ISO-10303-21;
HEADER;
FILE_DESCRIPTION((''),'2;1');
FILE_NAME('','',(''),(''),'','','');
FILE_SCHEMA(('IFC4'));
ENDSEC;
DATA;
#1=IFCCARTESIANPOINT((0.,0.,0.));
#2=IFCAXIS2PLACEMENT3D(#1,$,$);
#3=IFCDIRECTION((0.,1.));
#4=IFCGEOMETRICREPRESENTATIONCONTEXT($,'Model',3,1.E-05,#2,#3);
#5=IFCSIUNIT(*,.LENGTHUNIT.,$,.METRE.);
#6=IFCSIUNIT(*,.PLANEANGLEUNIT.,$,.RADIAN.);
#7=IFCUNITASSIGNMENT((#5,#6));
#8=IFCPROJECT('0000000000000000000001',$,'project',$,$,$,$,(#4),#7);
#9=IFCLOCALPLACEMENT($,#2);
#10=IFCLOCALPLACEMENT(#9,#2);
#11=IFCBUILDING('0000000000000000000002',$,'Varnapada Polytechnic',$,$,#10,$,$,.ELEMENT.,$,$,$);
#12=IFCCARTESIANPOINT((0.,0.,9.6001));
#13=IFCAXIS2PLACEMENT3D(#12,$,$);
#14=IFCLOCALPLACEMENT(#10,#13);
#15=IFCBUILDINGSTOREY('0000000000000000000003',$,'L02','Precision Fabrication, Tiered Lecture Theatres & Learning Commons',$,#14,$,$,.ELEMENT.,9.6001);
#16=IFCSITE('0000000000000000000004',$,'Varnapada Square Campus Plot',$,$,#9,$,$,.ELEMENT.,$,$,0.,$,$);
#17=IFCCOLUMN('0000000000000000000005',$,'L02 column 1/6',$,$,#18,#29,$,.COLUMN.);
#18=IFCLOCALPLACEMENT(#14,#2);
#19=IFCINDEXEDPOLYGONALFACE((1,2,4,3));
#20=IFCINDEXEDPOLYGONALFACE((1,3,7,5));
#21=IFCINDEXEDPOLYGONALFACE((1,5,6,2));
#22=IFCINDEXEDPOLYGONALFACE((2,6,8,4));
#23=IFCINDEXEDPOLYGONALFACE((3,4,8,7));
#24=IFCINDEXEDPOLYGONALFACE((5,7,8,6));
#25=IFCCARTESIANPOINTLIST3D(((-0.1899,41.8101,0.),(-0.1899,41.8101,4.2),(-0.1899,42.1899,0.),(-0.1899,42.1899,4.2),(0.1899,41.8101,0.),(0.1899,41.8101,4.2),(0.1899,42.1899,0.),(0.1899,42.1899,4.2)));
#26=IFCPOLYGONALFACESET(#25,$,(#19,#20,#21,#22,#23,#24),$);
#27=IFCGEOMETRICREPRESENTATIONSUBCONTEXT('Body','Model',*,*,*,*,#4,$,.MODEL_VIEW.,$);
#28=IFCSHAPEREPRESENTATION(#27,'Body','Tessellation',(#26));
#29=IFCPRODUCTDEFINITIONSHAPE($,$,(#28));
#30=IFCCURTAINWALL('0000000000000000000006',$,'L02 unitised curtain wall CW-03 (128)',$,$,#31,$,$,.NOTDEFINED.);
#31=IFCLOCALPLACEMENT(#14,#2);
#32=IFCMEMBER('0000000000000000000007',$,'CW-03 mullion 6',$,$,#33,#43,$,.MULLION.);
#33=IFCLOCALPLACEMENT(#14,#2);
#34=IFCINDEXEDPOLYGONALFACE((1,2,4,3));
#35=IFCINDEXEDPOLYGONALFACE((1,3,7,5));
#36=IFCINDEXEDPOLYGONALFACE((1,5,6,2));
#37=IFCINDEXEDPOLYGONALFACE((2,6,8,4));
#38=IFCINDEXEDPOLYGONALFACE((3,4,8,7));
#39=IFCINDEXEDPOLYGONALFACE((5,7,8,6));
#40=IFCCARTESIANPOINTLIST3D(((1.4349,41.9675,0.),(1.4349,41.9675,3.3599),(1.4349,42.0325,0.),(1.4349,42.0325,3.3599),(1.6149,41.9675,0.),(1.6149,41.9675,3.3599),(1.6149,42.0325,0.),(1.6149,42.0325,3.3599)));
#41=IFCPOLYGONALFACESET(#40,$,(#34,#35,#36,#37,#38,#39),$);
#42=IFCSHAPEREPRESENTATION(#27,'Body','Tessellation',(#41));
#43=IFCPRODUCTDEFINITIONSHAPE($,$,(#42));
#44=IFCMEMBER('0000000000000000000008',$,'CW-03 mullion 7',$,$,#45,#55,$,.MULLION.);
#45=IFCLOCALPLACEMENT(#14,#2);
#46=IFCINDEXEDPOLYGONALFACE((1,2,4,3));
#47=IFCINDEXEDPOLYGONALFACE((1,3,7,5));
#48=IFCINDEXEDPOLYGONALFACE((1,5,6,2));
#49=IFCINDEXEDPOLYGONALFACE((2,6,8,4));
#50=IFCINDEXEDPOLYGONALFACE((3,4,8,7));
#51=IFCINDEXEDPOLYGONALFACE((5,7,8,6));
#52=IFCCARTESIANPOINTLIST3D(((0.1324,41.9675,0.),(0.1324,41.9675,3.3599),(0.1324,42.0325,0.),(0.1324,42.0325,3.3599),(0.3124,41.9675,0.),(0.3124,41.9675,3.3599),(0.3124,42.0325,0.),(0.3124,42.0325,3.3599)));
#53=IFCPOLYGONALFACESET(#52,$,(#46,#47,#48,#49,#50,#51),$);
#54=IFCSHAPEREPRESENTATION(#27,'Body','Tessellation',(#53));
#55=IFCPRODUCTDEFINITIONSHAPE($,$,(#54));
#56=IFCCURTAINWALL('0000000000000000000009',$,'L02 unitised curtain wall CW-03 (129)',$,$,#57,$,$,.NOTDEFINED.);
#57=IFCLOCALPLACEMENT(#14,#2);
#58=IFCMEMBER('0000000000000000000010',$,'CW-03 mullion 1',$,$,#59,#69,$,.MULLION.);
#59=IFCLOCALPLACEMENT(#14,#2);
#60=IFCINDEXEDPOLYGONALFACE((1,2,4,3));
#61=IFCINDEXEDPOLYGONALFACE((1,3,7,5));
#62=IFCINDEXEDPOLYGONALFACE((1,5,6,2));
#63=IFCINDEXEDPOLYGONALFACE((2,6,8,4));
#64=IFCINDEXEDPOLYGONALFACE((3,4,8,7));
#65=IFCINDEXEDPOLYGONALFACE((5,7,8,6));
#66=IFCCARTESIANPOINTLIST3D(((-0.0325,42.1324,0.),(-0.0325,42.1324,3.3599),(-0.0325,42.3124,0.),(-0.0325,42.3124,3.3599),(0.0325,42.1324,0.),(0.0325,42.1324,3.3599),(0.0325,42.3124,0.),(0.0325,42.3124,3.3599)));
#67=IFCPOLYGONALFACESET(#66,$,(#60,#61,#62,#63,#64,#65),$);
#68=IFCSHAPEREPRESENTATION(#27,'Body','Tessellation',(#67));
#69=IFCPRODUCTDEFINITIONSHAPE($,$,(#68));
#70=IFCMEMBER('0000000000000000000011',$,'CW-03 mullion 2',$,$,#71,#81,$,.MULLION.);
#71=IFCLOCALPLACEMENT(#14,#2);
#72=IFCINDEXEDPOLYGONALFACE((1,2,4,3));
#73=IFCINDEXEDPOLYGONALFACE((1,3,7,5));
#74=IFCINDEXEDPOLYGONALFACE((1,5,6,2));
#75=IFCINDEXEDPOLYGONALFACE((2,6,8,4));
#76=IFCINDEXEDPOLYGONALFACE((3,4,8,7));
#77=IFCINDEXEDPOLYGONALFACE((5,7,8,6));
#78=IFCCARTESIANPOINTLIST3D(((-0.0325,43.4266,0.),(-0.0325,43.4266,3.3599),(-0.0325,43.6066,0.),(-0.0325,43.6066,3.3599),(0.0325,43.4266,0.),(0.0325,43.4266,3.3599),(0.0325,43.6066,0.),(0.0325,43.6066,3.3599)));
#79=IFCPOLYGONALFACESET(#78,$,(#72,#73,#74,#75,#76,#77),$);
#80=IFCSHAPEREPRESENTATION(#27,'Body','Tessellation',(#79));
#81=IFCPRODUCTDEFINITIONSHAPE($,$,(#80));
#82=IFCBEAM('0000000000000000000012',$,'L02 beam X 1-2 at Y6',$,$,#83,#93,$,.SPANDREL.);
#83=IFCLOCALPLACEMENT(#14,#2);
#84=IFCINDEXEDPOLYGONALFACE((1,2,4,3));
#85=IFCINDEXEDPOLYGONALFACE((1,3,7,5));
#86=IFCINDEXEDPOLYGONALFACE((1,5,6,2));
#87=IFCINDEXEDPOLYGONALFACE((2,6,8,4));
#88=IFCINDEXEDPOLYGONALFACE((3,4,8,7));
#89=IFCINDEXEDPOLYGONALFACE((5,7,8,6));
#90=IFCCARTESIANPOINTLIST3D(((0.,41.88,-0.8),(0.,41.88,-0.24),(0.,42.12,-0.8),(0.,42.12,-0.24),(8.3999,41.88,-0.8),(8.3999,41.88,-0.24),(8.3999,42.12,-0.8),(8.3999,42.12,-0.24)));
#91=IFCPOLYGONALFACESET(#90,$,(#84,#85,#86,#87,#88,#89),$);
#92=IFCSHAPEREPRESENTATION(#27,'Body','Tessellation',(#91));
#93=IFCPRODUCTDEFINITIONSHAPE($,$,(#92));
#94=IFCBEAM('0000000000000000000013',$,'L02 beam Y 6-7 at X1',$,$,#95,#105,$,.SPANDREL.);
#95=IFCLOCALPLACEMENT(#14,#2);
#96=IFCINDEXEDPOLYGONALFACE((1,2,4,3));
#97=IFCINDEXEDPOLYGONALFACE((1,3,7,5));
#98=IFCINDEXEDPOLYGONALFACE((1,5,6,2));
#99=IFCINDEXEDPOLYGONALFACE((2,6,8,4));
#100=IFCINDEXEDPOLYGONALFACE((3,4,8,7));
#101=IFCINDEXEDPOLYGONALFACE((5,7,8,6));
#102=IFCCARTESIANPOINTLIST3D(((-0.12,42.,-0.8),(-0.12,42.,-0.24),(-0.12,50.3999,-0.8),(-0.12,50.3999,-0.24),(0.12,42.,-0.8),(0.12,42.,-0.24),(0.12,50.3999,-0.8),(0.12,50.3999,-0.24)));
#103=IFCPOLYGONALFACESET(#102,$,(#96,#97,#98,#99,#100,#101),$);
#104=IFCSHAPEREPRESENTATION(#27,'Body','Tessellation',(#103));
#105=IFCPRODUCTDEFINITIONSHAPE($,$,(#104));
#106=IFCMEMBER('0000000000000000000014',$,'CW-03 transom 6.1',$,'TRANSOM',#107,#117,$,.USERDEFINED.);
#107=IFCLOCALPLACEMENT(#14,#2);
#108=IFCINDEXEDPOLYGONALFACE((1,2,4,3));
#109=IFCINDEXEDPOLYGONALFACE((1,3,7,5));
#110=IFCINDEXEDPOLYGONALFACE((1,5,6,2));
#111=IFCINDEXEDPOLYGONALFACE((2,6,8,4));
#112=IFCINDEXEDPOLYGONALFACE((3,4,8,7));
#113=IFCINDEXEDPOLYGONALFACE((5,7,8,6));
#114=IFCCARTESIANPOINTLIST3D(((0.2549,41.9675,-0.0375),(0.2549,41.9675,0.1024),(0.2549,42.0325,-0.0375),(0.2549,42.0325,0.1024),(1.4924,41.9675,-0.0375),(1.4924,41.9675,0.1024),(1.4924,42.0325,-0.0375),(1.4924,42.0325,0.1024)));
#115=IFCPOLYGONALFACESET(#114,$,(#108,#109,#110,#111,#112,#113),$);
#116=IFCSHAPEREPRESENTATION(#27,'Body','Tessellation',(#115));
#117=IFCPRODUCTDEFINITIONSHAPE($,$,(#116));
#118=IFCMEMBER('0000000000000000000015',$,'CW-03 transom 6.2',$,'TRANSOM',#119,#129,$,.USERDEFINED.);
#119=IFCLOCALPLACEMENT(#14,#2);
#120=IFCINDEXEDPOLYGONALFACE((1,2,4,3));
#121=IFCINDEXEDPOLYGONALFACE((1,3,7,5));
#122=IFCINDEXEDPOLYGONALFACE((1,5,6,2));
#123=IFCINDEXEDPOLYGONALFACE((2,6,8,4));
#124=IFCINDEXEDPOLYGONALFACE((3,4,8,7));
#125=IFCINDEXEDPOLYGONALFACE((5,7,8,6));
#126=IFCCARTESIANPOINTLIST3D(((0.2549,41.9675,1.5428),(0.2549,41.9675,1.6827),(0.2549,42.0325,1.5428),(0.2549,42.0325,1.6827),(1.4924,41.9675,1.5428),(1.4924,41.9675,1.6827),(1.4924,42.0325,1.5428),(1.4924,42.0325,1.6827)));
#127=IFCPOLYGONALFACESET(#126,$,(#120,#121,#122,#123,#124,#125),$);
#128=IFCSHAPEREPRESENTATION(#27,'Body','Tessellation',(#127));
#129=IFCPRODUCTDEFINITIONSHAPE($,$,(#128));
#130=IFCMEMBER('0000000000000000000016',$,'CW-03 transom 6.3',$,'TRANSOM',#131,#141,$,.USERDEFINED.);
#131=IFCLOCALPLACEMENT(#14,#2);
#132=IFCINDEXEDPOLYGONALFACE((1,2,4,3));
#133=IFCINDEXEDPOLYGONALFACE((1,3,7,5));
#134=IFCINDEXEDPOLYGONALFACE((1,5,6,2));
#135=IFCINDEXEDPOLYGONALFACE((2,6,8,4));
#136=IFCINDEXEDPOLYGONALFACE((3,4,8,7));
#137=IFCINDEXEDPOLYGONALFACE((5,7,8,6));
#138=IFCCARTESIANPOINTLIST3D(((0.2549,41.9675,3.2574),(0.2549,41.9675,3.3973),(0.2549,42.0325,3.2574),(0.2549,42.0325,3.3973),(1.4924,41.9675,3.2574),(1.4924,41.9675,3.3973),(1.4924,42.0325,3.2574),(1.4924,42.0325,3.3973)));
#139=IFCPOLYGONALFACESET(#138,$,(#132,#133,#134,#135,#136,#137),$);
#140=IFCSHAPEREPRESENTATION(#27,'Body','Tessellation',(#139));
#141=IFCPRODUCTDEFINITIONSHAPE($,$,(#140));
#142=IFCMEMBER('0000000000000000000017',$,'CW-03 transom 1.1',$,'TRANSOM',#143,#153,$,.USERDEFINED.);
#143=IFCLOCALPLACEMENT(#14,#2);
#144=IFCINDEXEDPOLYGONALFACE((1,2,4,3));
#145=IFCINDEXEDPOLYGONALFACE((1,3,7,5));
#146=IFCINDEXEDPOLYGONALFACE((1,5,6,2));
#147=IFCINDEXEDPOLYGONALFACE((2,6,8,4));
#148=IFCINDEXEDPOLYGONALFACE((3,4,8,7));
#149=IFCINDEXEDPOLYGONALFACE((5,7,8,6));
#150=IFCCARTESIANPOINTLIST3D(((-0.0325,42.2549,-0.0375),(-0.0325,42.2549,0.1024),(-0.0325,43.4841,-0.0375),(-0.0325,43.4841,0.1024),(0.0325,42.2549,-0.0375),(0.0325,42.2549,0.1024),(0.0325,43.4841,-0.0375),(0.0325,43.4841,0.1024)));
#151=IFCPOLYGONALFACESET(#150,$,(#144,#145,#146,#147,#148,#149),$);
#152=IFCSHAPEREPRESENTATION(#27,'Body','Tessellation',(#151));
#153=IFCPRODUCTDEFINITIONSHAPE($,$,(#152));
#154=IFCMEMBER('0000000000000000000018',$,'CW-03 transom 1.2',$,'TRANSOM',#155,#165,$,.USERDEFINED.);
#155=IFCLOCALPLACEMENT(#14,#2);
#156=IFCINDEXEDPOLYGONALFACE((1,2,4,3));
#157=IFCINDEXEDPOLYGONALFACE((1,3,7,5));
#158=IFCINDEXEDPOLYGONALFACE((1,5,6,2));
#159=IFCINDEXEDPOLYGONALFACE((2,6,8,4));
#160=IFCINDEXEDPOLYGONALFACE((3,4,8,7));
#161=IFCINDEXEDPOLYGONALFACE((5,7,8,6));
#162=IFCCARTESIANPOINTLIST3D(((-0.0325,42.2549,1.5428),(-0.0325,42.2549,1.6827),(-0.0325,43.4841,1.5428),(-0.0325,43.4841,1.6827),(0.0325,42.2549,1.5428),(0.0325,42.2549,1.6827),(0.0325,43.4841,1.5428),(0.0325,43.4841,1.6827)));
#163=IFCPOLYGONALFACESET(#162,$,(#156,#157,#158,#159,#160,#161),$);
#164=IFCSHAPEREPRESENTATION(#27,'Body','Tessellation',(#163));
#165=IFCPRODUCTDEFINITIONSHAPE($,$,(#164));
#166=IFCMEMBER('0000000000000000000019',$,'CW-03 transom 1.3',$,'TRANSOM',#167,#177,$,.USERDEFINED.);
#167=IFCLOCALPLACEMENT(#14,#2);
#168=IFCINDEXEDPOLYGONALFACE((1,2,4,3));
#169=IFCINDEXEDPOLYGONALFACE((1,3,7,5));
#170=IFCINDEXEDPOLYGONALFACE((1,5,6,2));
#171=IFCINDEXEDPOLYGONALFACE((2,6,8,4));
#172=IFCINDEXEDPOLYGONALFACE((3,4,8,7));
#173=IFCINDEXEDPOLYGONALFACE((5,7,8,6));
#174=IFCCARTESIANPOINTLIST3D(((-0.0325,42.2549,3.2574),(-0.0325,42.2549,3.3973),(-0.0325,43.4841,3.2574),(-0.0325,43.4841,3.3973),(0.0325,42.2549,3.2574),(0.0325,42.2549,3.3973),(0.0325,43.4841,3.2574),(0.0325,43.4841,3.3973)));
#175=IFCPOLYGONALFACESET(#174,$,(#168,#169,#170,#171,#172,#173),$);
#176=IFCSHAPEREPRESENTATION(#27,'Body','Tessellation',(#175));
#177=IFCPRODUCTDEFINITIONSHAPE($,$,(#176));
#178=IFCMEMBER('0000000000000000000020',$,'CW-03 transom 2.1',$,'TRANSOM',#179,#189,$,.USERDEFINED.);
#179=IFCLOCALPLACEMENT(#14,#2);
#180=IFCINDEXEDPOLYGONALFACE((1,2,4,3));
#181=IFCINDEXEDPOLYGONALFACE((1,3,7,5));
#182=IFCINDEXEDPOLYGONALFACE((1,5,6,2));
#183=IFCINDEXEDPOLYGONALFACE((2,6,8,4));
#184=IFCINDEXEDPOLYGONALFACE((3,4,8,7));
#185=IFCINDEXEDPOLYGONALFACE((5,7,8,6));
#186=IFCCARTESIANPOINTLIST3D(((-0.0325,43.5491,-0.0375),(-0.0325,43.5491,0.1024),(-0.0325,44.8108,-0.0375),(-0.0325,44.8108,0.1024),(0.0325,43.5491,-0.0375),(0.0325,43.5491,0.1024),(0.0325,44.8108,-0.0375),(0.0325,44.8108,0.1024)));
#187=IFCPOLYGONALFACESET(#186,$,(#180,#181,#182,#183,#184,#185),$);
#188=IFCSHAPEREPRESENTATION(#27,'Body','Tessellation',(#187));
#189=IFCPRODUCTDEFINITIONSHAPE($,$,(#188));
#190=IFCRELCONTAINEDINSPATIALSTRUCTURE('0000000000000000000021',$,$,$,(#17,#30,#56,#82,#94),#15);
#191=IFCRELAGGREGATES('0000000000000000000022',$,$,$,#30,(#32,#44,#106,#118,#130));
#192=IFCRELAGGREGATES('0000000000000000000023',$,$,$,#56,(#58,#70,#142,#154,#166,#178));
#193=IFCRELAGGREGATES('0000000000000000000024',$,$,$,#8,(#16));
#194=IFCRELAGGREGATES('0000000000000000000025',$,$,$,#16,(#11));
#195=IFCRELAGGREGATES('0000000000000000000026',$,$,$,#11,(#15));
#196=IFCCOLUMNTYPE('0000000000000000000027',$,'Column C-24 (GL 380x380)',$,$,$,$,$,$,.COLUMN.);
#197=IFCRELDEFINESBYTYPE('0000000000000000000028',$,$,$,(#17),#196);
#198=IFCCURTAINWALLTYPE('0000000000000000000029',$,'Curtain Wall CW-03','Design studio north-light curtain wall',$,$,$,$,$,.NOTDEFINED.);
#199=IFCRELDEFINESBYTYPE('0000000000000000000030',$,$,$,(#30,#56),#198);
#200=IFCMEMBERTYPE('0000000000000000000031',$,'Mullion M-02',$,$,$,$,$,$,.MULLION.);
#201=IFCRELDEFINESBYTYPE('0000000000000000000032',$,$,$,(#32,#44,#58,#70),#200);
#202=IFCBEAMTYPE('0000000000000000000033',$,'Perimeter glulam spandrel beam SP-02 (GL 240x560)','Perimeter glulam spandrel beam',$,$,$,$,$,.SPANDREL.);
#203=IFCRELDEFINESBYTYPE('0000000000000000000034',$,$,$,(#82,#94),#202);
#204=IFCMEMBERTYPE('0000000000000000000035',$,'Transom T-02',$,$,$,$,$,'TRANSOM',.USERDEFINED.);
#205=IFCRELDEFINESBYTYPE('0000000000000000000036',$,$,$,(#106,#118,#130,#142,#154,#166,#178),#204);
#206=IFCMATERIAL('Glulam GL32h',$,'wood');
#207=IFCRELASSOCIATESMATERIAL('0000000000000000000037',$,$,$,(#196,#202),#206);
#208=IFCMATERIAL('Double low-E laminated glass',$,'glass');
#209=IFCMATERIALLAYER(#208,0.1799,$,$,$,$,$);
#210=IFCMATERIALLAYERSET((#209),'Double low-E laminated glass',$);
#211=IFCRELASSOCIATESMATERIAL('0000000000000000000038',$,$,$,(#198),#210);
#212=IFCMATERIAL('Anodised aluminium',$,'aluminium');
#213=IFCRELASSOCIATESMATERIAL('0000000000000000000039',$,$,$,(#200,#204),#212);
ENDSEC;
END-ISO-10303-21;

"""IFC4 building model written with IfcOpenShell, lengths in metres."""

from ifc_helpers import new_model, si_unit, direction, frame, origin, origin_2d, place, context, subcontext, project, spatial, rectangle, extrude, material, layer, layer_set, material_profile, profile_set, type_object, element, aggregate, save


model = new_model("IFC4")

# Units and contexts
model_context = context("Model", 3, precision=1e-05, world=origin(), true_north=direction((0.0, 1.0)))
body_context = subcontext(model_context, "Body", "Model", "MODEL_VIEW")
ifc_project = project(units=[si_unit("LENGTHUNIT", "METRE"), si_unit("PLANEANGLEUNIT", "RADIAN")], contexts=[model_context])

# Site, building, storey
site_placement = place(None, origin())
site = spatial("IfcSite", under=ifc_project, at=site_placement, Name="Varnapada Square Campus Plot", CompositionType="ELEMENT", RefElevation=0.0)
building_placement = place(site_placement, origin())
building = spatial("IfcBuilding", under=site, at=building_placement, Name="Varnapada Polytechnic", CompositionType="ELEMENT")
storey_placement = place(building_placement, frame((0.0, 0.0, 9.6001)))
storey = spatial("IfcBuildingStorey", under=building, at=storey_placement, Name="L02", Description="Precision Fabrication, Tiered Lecture Theatres & Learning Commons", CompositionType="ELEMENT", Elevation=9.6001)

# Column
ifc_material_1 = material(Name="Glulam GL32h", Category="wood")
ifc_material_profile_1 = material_profile(ifc_material_1, rectangle(XDim=0.3799, YDim=0.3799, at=origin_2d()), Name="GL 380x380")
ifc_profile_set_1 = profile_set([ifc_material_profile_1], Name="Glulam GL32h")
column_type = type_object("IfcColumnType", Name="Column C-24 (GL 380x380)", PredefinedType="COLUMN", material=ifc_profile_set_1)
column_placement = place(storey_placement, frame((0.0, 42.0, 0.0), z_axis=(0.0, 0.0, 1.0), x_axis=(1.0, 0.0, 0.0)))
element("IfcColumn", 1, at=column_placement, inside=storey, type_object=column_type, Name="L02 column 1/6", PredefinedType="COLUMN", context=body_context, shape_type="SweptSolid", body=[
    extrude(rectangle(XDim=0.3799, YDim=0.3799, at=origin_2d()), origin(), (0.0, 0.0, 1.0), 4.2),
])

# Curtain walls, members
ifc_material_2 = material(Name="Double low-E laminated glass", Category="glass")
ifc_layer_1 = layer(ifc_material_2, 0.1799)
ifc_layer_set_1 = layer_set([ifc_layer_1], Name="Double low-E laminated glass")
curtain_wall_type = type_object("IfcCurtainWallType", Name="Curtain Wall CW-03", Description="Design studio north-light curtain wall", PredefinedType="NOTDEFINED", material=ifc_layer_set_1)
curtain_wall_1_placement = place(storey_placement, origin())
curtain_wall_1 = element("IfcCurtainWall", 2, at=curtain_wall_1_placement, inside=storey, type_object=curtain_wall_type, Name="L02 unitised curtain wall CW-03 (128)", PredefinedType="NOTDEFINED")
ifc_material_3 = material(Name="Anodised aluminium", Category="aluminium")
ifc_material_profile_2 = material_profile(ifc_material_3, rectangle(XDim=0.0649, YDim=0.1799, at=origin_2d()), Name="ALU M65x180")
ifc_profile_set_2 = profile_set([ifc_material_profile_2], Name="Anodised aluminium")
member_type_1 = type_object("IfcMemberType", Name="Mullion M-02", PredefinedType="MULLION", material=ifc_profile_set_2)
member_1_placement = place(storey_placement, frame((1.5249, 42.0, 0.0), z_axis=(0.0, 0.0, 1.0), x_axis=(0.0, -1.0, 0.0)))
member_1 = element("IfcMember", 3, at=member_1_placement, type_object=member_type_1, Name="CW-03 mullion 6", PredefinedType="MULLION", context=body_context, shape_type="SweptSolid", body=[
    extrude(rectangle(XDim=0.0649, YDim=0.1799, at=origin_2d()), origin(), (0.0, 0.0, 1.0), 3.3599),
])
member_2_placement = place(storey_placement, frame((0.2224, 42.0, 0.0), z_axis=(0.0, 0.0, 1.0), x_axis=(0.0, -1.0, 0.0)))
member_2 = element("IfcMember", 4, at=member_2_placement, type_object=member_type_1, Name="CW-03 mullion 7", PredefinedType="MULLION", context=body_context, shape_type="SweptSolid", body=[
    extrude(rectangle(XDim=0.0649, YDim=0.1799, at=origin_2d()), origin(), (0.0, 0.0, 1.0), 3.3599),
])
curtain_wall_2_placement = place(storey_placement, origin())
curtain_wall_2 = element("IfcCurtainWall", 5, at=curtain_wall_2_placement, inside=storey, type_object=curtain_wall_type, Name="L02 unitised curtain wall CW-03 (129)", PredefinedType="NOTDEFINED")
member_3_placement = place(storey_placement, frame((0.0, 42.2224, 0.0), z_axis=(0.0, 0.0, 1.0), x_axis=(-1.0, 0.0, 0.0)))
member_3 = element("IfcMember", 6, at=member_3_placement, type_object=member_type_1, Name="CW-03 mullion 1", PredefinedType="MULLION", context=body_context, shape_type="SweptSolid", body=[
    extrude(rectangle(XDim=0.0649, YDim=0.1799, at=origin_2d()), origin(), (0.0, 0.0, 1.0), 3.3599),
])
member_4_placement = place(storey_placement, frame((0.0, 43.5166, 0.0), z_axis=(0.0, 0.0, 1.0), x_axis=(-1.0, 0.0, 0.0)))
member_4 = element("IfcMember", 7, at=member_4_placement, type_object=member_type_1, Name="CW-03 mullion 2", PredefinedType="MULLION", context=body_context, shape_type="SweptSolid", body=[
    extrude(rectangle(XDim=0.0649, YDim=0.1799, at=origin_2d()), origin(), (0.0, 0.0, 1.0), 3.3599),
])

# Beams
ifc_material_profile_3 = material_profile(ifc_material_1, rectangle(XDim=0.24, YDim=0.5601, at=origin_2d()), Name="GL 240x560")
ifc_profile_set_3 = profile_set([ifc_material_profile_3], Name="Glulam GL32h")
beam_type = type_object("IfcBeamType", Name="Perimeter glulam spandrel beam SP-02 (GL 240x560)", Description="Perimeter glulam spandrel beam", PredefinedType="SPANDREL", material=ifc_profile_set_3)
for number, where, z_axis, x_axis, name in (
    (8, (0.0, 42.0, -0.52), (1.0, 0.0, 0.0), (0.0, 1.0, 0.0), "L02 beam X 1-2 at Y6"),
    (9, (0.0, 42.0, -0.52), (0.0, 1.0, 0.0), (-1.0, 0.0, 0.0), "L02 beam Y 6-7 at X1"),
):
    element("IfcBeam", number, at=place(storey_placement, frame(where, z_axis=z_axis, x_axis=x_axis)), inside=storey, type_object=beam_type, Name=name, PredefinedType="SPANDREL", context=body_context, shape_type="SweptSolid", body=[
        extrude(rectangle(XDim=0.24, YDim=0.5601, at=origin_2d()), origin(), (0.0, 0.0, 1.0), 8.3999),
    ])

# Members
ifc_material_profile_4 = material_profile(ifc_material_3, rectangle(XDim=0.0649, YDim=0.1399, at=origin_2d()), Name="ALU T65x140")
ifc_profile_set_4 = profile_set([ifc_material_profile_4], Name="Anodised aluminium")
member_type_2 = type_object("IfcMemberType", Name="Transom T-02", ElementType="TRANSOM", PredefinedType="USERDEFINED", material=ifc_profile_set_4)
member_5_placement = place(storey_placement, frame((1.4924, 42.0, 0.0325), z_axis=(-1.0, 0.0, 0.0), x_axis=(0.0, -1.0, 0.0)))
member_5 = element("IfcMember", 10, at=member_5_placement, type_object=member_type_2, Name="CW-03 transom 6.1", ObjectType="TRANSOM", PredefinedType="USERDEFINED", context=body_context, shape_type="SweptSolid", body=[
    extrude(rectangle(XDim=0.0649, YDim=0.1399, at=origin_2d()), origin(), (0.0, 0.0, 1.0), 1.2375),
])
member_6_placement = place(storey_placement, frame((1.4924, 42.0, 1.6128), z_axis=(-1.0, 0.0, 0.0), x_axis=(0.0, -1.0, 0.0)))
member_6 = element("IfcMember", 11, at=member_6_placement, type_object=member_type_2, Name="CW-03 transom 6.2", ObjectType="TRANSOM", PredefinedType="USERDEFINED", context=body_context, shape_type="SweptSolid", body=[
    extrude(rectangle(XDim=0.0649, YDim=0.1399, at=origin_2d()), origin(), (0.0, 0.0, 1.0), 1.2375),
])
member_7_placement = place(storey_placement, frame((1.4924, 42.0, 3.3274), z_axis=(-1.0, 0.0, 0.0), x_axis=(0.0, -1.0, 0.0)))
member_7 = element("IfcMember", 12, at=member_7_placement, type_object=member_type_2, Name="CW-03 transom 6.3", ObjectType="TRANSOM", PredefinedType="USERDEFINED", context=body_context, shape_type="SweptSolid", body=[
    extrude(rectangle(XDim=0.0649, YDim=0.1399, at=origin_2d()), origin(), (0.0, 0.0, 1.0), 1.2375),
])
member_8_placement = place(storey_placement, frame((0.0, 42.2549, 0.0325), z_axis=(0.0, 1.0, 0.0), x_axis=(-1.0, 0.0, 0.0)))
member_8 = element("IfcMember", 13, at=member_8_placement, type_object=member_type_2, Name="CW-03 transom 1.1", ObjectType="TRANSOM", PredefinedType="USERDEFINED", context=body_context, shape_type="SweptSolid", body=[
    extrude(rectangle(XDim=0.0649, YDim=0.1399, at=origin_2d()), origin(), (0.0, 0.0, 1.0), 1.2292),
])
member_9_placement = place(storey_placement, frame((0.0, 42.2549, 1.6128), z_axis=(0.0, 1.0, 0.0), x_axis=(-1.0, 0.0, 0.0)))
member_9 = element("IfcMember", 14, at=member_9_placement, type_object=member_type_2, Name="CW-03 transom 1.2", ObjectType="TRANSOM", PredefinedType="USERDEFINED", context=body_context, shape_type="SweptSolid", body=[
    extrude(rectangle(XDim=0.0649, YDim=0.1399, at=origin_2d()), origin(), (0.0, 0.0, 1.0), 1.2292),
])
member_10_placement = place(storey_placement, frame((0.0, 42.2549, 3.3274), z_axis=(0.0, 1.0, 0.0), x_axis=(-1.0, 0.0, 0.0)))
member_10 = element("IfcMember", 15, at=member_10_placement, type_object=member_type_2, Name="CW-03 transom 1.3", ObjectType="TRANSOM", PredefinedType="USERDEFINED", context=body_context, shape_type="SweptSolid", body=[
    extrude(rectangle(XDim=0.0649, YDim=0.1399, at=origin_2d()), origin(), (0.0, 0.0, 1.0), 1.2292),
])
member_11_placement = place(storey_placement, frame((0.0, 43.5491, 0.0325), z_axis=(0.0, 1.0, 0.0), x_axis=(-1.0, 0.0, 0.0)))
member_11 = element("IfcMember", 16, at=member_11_placement, type_object=member_type_2, Name="CW-03 transom 2.1", ObjectType="TRANSOM", PredefinedType="USERDEFINED", context=body_context, shape_type="SweptSolid", body=[
    extrude(rectangle(XDim=0.0649, YDim=0.1399, at=origin_2d()), origin(), (0.0, 0.0, 1.0), 1.2617),
])

aggregate(curtain_wall_1, [member_1, member_2, member_5, member_6, member_7])
aggregate(curtain_wall_2, [member_3, member_4, member_8, member_9, member_10, member_11])

save(model, "model.ifc")
